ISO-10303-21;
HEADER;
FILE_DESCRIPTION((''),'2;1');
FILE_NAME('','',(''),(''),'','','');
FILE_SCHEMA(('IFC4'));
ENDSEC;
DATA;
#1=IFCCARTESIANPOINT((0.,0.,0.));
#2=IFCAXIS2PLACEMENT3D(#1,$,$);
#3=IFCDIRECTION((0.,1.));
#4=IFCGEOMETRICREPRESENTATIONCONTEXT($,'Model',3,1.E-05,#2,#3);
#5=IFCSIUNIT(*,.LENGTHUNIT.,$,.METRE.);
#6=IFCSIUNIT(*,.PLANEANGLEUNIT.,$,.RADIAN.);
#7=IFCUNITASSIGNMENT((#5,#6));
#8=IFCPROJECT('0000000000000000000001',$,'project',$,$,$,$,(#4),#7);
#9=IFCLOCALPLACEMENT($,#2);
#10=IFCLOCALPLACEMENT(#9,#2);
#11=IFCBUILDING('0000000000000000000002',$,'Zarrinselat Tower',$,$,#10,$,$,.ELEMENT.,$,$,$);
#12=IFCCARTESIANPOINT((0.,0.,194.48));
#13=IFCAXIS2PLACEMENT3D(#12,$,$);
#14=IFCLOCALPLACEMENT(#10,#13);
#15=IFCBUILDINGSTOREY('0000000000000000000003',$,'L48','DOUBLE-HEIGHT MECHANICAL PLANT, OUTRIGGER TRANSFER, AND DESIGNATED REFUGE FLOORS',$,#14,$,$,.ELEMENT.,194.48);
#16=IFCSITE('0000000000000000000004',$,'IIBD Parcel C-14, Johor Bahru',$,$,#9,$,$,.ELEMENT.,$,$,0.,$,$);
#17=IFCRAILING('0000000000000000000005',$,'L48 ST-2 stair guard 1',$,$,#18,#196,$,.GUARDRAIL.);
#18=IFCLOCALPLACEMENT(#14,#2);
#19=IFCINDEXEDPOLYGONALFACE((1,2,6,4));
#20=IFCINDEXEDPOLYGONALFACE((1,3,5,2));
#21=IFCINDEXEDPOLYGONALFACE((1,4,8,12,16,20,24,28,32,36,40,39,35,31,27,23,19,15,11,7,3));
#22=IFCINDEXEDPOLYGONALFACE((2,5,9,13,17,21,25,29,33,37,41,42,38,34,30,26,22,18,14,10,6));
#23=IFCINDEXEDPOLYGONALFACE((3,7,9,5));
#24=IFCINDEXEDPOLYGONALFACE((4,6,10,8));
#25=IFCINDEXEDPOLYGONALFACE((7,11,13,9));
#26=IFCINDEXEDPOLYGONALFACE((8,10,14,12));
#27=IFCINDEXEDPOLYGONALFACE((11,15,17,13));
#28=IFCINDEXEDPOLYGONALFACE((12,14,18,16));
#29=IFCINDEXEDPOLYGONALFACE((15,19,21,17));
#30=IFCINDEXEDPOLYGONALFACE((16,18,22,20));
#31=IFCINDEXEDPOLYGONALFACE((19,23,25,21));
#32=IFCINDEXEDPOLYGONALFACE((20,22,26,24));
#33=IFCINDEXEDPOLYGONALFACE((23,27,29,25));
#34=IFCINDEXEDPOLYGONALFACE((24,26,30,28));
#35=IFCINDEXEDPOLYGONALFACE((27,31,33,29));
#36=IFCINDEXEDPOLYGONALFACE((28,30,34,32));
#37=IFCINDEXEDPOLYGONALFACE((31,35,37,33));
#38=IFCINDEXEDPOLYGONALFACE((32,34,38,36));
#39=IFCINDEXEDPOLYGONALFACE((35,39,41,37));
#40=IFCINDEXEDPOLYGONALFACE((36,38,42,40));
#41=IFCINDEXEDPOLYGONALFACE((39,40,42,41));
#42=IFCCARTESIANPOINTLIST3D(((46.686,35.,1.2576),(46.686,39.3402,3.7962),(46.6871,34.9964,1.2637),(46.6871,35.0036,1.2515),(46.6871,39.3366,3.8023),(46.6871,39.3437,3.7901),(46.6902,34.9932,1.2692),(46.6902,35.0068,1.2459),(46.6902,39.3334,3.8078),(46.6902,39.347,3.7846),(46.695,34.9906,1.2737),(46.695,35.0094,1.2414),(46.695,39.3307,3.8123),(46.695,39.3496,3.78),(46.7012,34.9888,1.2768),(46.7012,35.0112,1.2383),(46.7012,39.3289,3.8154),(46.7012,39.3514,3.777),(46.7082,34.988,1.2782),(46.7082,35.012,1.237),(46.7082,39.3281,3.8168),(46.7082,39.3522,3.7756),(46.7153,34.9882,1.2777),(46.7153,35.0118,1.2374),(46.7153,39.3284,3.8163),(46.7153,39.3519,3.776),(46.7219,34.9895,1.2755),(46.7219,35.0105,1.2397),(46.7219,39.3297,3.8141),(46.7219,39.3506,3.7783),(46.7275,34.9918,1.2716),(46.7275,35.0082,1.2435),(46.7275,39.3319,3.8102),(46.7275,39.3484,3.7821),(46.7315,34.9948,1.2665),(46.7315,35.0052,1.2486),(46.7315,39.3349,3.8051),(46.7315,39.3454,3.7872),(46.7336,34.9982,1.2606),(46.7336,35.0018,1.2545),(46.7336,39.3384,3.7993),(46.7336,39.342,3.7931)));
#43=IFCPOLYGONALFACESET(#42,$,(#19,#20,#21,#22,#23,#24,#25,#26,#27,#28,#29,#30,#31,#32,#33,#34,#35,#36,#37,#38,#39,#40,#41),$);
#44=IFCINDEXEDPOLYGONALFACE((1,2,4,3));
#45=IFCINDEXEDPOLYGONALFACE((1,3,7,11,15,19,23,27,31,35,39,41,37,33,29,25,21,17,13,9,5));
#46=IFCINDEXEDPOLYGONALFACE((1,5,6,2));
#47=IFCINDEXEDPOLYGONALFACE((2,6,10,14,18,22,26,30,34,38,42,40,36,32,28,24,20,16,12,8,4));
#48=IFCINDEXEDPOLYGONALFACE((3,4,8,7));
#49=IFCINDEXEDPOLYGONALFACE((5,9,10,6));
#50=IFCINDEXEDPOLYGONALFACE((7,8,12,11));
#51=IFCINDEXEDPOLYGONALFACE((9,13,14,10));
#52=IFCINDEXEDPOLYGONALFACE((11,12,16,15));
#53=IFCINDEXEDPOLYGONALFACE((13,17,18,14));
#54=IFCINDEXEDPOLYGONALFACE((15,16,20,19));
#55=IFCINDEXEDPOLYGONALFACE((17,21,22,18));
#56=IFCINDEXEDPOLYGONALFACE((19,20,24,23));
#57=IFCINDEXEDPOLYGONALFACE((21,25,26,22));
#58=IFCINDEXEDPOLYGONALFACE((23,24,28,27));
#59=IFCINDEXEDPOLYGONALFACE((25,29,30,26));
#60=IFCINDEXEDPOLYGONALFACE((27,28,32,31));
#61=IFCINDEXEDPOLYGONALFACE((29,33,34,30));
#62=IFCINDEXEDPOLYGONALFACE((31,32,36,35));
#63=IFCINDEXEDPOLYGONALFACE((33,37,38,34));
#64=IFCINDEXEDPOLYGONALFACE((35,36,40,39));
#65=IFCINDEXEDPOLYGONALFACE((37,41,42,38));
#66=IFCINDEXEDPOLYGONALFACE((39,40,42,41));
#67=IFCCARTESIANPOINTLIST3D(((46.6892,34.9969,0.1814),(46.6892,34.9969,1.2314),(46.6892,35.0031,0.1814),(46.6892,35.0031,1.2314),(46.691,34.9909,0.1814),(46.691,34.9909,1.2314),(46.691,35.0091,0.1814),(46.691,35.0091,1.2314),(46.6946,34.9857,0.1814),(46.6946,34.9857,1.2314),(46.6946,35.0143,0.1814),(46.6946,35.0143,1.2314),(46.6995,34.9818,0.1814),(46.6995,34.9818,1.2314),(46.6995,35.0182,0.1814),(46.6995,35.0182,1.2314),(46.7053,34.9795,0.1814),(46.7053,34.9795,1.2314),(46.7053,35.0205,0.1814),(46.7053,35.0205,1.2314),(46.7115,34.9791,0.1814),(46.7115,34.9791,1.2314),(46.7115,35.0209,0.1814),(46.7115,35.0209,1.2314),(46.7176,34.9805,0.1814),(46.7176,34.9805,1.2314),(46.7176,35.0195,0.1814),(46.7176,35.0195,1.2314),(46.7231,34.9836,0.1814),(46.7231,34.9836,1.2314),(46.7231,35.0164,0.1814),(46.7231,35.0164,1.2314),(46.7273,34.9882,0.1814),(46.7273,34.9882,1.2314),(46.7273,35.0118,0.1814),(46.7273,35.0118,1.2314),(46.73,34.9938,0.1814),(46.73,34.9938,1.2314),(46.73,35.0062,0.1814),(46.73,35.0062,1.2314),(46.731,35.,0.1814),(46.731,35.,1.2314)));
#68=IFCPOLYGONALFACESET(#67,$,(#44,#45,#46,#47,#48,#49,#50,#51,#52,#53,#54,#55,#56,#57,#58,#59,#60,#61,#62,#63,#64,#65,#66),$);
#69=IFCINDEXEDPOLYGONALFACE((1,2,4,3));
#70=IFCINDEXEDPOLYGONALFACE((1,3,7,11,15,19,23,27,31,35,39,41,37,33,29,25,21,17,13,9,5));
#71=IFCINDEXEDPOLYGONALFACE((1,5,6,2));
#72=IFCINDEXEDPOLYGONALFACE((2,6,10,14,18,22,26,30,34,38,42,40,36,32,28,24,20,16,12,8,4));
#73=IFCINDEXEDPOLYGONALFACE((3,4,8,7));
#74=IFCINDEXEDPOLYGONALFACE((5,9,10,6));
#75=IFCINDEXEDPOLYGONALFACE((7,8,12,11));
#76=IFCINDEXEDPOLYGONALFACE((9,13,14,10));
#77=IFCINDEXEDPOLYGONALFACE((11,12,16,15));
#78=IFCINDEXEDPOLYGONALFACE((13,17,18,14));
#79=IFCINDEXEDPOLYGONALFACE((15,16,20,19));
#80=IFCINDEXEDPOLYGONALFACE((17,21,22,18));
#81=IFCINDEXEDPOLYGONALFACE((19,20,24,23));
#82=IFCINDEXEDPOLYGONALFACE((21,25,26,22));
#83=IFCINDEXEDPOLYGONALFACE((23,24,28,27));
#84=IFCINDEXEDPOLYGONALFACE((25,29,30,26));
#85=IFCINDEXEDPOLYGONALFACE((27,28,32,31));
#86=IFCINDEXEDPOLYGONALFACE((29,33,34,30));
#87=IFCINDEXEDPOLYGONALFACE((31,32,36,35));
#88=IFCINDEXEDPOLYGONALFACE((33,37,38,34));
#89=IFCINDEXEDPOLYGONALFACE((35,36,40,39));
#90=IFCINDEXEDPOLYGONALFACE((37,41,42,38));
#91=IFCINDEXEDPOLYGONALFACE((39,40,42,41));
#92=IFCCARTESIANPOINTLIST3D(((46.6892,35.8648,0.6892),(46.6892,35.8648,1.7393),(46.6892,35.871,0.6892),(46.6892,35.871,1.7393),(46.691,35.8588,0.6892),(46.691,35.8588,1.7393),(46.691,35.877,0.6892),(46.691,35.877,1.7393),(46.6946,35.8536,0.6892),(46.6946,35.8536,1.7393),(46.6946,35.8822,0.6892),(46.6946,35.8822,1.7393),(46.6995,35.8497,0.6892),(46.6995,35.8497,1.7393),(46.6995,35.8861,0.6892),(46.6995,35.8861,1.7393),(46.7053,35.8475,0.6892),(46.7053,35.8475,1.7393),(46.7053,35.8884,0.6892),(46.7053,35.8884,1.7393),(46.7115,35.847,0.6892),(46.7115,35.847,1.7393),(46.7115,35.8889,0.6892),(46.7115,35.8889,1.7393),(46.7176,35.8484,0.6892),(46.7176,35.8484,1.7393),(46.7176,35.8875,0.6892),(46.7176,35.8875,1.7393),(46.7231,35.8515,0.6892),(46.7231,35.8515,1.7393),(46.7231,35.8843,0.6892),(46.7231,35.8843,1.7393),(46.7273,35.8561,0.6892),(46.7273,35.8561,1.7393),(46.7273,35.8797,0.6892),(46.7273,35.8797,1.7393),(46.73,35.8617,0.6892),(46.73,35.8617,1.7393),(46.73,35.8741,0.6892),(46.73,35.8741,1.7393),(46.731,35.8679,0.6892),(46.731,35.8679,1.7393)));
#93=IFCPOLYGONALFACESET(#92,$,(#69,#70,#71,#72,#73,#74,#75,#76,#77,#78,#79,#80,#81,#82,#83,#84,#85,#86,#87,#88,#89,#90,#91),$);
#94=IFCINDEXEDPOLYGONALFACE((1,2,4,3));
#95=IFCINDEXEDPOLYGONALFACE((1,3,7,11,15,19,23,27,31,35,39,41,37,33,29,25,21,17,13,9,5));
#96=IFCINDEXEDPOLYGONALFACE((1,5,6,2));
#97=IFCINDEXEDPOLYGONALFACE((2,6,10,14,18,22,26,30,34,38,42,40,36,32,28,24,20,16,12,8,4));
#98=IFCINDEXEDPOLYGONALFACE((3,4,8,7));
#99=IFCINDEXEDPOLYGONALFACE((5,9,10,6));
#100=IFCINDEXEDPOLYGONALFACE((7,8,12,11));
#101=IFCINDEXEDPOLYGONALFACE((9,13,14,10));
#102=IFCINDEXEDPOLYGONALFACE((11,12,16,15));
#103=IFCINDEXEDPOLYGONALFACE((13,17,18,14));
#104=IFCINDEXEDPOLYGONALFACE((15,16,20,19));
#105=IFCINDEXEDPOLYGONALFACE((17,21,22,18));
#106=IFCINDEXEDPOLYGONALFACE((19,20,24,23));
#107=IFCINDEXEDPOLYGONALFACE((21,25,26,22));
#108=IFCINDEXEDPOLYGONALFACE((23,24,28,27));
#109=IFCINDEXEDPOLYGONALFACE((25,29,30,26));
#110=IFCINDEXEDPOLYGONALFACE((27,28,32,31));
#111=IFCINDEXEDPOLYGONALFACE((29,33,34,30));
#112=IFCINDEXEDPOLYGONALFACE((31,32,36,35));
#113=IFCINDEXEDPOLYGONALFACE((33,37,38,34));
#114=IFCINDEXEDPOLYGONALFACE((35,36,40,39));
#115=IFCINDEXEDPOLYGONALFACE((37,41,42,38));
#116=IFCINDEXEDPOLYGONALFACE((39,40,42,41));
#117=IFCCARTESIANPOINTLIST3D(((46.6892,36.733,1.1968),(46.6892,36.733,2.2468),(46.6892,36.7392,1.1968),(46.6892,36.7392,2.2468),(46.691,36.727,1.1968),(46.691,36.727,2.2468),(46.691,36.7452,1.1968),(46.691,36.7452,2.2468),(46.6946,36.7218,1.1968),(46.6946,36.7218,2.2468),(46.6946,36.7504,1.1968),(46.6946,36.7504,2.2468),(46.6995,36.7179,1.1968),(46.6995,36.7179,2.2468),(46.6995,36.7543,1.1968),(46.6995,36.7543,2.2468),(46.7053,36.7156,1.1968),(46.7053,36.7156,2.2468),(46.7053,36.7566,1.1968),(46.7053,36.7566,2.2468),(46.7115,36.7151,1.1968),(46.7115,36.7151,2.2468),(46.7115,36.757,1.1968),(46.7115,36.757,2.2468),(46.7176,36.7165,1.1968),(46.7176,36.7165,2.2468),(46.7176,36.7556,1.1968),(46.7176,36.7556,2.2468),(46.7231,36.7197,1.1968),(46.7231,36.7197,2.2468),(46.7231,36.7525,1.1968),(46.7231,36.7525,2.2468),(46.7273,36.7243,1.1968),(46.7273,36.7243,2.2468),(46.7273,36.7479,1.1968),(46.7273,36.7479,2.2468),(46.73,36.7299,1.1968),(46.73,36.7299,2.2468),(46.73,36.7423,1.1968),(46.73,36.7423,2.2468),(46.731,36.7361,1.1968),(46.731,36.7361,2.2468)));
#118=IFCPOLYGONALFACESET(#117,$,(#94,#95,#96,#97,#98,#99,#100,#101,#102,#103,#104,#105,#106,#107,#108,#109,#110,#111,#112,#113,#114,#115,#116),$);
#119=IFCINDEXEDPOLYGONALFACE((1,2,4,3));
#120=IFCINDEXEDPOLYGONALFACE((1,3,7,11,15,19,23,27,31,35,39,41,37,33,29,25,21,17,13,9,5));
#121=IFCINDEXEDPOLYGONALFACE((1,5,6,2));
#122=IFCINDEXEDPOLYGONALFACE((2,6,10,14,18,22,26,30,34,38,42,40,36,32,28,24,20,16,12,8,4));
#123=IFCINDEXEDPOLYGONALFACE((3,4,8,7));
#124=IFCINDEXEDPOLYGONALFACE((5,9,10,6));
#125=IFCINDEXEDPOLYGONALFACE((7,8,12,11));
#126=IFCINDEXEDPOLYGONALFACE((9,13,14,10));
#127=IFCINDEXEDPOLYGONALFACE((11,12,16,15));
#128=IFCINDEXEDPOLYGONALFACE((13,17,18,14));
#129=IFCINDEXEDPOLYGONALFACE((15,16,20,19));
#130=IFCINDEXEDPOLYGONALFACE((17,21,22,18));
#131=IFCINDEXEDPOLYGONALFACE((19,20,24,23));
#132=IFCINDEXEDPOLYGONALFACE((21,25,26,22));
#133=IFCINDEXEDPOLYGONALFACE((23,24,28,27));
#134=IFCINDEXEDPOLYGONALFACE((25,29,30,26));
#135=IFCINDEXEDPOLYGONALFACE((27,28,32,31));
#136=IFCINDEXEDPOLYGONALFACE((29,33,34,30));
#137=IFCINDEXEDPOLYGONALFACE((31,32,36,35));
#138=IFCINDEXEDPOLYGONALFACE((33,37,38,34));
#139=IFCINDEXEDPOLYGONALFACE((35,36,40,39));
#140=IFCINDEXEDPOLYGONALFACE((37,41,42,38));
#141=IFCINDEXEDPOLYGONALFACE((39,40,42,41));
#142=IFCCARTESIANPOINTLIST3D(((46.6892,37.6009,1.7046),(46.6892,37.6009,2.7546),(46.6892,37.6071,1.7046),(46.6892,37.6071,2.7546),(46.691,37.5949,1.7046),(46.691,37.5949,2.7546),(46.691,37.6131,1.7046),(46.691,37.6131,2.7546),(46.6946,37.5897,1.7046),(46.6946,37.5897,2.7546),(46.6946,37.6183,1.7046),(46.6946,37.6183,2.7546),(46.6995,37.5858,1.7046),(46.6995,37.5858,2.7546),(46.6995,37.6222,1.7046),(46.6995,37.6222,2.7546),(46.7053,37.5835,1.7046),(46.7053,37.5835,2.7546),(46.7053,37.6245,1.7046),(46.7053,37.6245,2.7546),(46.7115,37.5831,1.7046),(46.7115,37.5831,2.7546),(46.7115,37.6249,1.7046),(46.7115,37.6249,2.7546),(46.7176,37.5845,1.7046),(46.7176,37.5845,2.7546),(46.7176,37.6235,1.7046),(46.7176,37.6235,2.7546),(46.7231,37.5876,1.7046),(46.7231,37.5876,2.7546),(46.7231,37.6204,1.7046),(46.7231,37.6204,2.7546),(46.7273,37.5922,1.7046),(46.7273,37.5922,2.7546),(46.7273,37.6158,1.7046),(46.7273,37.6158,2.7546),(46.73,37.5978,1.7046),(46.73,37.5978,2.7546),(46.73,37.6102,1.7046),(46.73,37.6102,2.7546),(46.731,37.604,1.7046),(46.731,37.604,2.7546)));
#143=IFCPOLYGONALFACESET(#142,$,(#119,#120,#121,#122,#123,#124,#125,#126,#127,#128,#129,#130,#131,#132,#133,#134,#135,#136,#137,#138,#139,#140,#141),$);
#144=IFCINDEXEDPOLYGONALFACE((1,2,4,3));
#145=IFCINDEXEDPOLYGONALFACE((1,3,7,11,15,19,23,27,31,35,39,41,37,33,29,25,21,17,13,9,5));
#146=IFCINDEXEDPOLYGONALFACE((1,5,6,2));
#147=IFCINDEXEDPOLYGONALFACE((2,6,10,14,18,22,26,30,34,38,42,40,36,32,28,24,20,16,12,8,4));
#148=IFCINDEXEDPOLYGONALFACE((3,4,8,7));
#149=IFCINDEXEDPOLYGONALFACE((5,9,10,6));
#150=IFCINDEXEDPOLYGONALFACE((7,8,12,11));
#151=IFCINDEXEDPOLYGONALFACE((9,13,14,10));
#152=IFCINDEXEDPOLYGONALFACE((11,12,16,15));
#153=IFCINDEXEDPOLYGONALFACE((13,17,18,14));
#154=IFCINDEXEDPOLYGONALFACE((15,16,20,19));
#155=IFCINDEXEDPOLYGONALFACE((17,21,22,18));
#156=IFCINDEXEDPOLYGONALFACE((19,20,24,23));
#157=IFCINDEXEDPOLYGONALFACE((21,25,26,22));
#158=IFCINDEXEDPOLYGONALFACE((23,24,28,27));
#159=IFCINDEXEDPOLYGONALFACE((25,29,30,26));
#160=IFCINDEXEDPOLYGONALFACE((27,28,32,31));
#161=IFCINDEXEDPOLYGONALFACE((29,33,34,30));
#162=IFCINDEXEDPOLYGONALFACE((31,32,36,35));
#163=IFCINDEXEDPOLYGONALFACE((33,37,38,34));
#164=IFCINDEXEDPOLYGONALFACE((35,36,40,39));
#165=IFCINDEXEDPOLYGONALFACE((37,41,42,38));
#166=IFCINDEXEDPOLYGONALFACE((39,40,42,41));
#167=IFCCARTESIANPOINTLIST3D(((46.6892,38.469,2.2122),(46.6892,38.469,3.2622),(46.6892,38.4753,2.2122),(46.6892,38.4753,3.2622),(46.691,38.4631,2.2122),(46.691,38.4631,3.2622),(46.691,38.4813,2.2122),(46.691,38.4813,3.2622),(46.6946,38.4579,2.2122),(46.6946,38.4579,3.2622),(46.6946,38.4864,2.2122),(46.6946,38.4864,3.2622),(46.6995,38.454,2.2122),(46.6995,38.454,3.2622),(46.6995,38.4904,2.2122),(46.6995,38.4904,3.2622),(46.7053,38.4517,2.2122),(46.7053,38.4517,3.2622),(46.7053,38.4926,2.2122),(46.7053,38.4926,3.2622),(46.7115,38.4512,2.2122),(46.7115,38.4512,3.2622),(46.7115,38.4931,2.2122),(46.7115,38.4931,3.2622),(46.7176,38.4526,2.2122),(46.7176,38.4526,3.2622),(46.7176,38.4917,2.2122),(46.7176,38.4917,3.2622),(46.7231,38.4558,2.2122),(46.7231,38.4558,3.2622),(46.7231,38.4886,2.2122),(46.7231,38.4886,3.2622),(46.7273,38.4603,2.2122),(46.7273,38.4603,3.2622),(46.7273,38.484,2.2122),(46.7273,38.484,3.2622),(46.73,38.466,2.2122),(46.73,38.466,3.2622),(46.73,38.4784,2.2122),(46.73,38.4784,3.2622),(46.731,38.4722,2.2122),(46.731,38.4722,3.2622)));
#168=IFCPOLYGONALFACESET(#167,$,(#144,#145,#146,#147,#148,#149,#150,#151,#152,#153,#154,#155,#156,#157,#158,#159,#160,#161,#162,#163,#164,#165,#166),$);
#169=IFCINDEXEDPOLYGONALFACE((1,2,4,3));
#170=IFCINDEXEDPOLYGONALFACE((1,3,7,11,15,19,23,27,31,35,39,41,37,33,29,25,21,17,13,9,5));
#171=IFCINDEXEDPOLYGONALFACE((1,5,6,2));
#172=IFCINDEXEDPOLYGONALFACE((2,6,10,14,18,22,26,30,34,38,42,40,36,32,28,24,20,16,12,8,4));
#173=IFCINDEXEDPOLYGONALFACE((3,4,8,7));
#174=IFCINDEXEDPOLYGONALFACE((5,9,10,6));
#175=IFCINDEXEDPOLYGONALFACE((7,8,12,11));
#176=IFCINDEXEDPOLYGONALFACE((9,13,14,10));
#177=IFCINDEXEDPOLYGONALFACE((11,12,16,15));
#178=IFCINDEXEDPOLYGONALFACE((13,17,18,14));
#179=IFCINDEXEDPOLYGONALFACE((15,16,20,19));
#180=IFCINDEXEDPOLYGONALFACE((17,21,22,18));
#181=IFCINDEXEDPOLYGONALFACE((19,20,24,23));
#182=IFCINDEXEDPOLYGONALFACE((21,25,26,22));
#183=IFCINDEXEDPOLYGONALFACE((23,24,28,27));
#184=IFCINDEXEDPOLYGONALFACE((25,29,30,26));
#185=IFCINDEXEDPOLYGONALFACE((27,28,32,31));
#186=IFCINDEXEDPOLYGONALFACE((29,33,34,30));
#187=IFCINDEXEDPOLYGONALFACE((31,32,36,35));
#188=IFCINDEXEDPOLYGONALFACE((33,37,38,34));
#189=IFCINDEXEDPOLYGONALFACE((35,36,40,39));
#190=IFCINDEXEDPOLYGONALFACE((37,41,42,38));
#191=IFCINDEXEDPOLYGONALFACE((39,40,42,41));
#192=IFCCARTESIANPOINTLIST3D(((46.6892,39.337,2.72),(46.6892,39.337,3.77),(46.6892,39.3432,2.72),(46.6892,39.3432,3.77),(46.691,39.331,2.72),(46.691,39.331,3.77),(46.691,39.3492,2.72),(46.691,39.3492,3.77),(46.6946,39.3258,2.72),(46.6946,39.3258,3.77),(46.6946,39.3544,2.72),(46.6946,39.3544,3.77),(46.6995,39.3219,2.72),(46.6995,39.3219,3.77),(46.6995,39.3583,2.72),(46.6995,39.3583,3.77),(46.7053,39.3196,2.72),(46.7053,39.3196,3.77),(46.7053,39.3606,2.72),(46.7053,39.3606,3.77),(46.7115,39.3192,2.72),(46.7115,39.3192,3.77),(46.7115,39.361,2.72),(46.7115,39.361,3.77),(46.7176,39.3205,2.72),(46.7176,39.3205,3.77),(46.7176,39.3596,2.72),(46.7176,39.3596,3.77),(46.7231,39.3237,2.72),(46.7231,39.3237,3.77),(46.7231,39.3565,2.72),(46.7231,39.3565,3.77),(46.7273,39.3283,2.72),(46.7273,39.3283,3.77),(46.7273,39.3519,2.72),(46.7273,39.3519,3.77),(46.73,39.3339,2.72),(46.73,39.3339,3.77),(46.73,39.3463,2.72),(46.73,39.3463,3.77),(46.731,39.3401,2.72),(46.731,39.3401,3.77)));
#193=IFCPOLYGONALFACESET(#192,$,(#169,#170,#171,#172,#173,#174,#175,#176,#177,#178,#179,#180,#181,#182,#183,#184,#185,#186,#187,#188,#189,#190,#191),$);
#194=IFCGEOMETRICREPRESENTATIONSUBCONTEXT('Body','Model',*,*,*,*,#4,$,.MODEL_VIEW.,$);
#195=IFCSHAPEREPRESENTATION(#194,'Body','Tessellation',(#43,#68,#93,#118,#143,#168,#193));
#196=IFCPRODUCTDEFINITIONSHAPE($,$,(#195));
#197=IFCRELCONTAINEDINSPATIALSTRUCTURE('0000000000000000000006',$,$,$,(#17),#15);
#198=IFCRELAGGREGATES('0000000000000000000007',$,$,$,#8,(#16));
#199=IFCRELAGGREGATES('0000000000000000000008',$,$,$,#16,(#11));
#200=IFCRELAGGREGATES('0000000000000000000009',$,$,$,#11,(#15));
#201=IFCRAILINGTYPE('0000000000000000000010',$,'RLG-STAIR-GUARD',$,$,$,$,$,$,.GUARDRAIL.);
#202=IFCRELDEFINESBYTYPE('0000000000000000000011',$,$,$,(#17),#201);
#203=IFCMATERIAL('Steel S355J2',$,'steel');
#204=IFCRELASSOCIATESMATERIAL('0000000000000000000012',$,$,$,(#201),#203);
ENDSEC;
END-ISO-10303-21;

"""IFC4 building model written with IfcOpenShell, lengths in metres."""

from ifc_helpers import new_model, si_unit, direction, frame, origin, origin_2d, place, context, subcontext, project, spatial, circle, extrude, material, type_object, element, save


model = new_model("IFC4")

# Units and contexts
model_context = context("Model", 3, precision=1e-05, world=origin(), true_north=direction((0.0, 1.0)))
body_context = subcontext(model_context, "Body", "Model", "MODEL_VIEW")
ifc_project = project(units=[si_unit("LENGTHUNIT", "METRE"), si_unit("PLANEANGLEUNIT", "RADIAN")], contexts=[model_context])

# Site, building, storey
site_placement = place(None, origin())
site = spatial("IfcSite", under=ifc_project, at=site_placement, Name="IIBD Parcel C-14, Johor Bahru", CompositionType="ELEMENT", RefElevation=0.0)
building_placement = place(site_placement, origin())
building = spatial("IfcBuilding", under=site, at=building_placement, Name="Zarrinselat Tower", CompositionType="ELEMENT")
storey_placement = place(building_placement, frame((0.0, 0.0, 194.48)))
storey = spatial("IfcBuildingStorey", under=building, at=storey_placement, Name="L48", Description="DOUBLE-HEIGHT MECHANICAL PLANT, OUTRIGGER TRANSFER, AND DESIGNATED REFUGE FLOORS", CompositionType="ELEMENT", Elevation=194.48)

# Railing
ifc_material_1 = material(Name="Steel S355J2", Category="steel")
railing_type_1 = type_object("IfcRailingType", Name="RLG-STAIR-GUARD", PredefinedType="GUARDRAIL", material=ifc_material_1)
railing_1_placement = place(storey_placement, frame((46.71, 35.0, 0.1814)))
element("IfcRailing", 1, at=railing_1_placement, inside=storey, type_object=railing_type_1, Name="L48 ST-2 stair guard 1", PredefinedType="GUARDRAIL", context=body_context, shape_type="SweptSolid", body=[
    extrude(circle(Radius=0.0239, at=origin_2d()), frame((0.0, 0.0, 1.0762), z_axis=(0.0, 0.863185, 0.504888), x_axis=(-1.0, 0.0, 0.0)), (0.0, 0.0, 1.0), 5.0281),
    extrude(circle(Radius=0.021, at=origin_2d()), origin(), (0.0, 0.0, 1.0), 1.05),
    extrude(circle(Radius=0.021, at=origin_2d()), frame((0.0, 0.8679, 0.5078)), (0.0, 0.0, 1.0), 1.05),
    extrude(circle(Radius=0.021, at=origin_2d()), frame((0.0, 1.7361, 1.0154)), (0.0, 0.0, 1.0), 1.05),
    extrude(circle(Radius=0.021, at=origin_2d()), frame((0.0, 2.604, 1.5232)), (0.0, 0.0, 1.0), 1.05),
    extrude(circle(Radius=0.021, at=origin_2d()), frame((0.0, 3.4722, 2.0308)), (0.0, 0.0, 1.0), 1.05),
    extrude(circle(Radius=0.021, at=origin_2d()), frame((0.0, 4.3401, 2.5386)), (0.0, 0.0, 1.0), 1.05),
])

save(model, "model.ifc")
